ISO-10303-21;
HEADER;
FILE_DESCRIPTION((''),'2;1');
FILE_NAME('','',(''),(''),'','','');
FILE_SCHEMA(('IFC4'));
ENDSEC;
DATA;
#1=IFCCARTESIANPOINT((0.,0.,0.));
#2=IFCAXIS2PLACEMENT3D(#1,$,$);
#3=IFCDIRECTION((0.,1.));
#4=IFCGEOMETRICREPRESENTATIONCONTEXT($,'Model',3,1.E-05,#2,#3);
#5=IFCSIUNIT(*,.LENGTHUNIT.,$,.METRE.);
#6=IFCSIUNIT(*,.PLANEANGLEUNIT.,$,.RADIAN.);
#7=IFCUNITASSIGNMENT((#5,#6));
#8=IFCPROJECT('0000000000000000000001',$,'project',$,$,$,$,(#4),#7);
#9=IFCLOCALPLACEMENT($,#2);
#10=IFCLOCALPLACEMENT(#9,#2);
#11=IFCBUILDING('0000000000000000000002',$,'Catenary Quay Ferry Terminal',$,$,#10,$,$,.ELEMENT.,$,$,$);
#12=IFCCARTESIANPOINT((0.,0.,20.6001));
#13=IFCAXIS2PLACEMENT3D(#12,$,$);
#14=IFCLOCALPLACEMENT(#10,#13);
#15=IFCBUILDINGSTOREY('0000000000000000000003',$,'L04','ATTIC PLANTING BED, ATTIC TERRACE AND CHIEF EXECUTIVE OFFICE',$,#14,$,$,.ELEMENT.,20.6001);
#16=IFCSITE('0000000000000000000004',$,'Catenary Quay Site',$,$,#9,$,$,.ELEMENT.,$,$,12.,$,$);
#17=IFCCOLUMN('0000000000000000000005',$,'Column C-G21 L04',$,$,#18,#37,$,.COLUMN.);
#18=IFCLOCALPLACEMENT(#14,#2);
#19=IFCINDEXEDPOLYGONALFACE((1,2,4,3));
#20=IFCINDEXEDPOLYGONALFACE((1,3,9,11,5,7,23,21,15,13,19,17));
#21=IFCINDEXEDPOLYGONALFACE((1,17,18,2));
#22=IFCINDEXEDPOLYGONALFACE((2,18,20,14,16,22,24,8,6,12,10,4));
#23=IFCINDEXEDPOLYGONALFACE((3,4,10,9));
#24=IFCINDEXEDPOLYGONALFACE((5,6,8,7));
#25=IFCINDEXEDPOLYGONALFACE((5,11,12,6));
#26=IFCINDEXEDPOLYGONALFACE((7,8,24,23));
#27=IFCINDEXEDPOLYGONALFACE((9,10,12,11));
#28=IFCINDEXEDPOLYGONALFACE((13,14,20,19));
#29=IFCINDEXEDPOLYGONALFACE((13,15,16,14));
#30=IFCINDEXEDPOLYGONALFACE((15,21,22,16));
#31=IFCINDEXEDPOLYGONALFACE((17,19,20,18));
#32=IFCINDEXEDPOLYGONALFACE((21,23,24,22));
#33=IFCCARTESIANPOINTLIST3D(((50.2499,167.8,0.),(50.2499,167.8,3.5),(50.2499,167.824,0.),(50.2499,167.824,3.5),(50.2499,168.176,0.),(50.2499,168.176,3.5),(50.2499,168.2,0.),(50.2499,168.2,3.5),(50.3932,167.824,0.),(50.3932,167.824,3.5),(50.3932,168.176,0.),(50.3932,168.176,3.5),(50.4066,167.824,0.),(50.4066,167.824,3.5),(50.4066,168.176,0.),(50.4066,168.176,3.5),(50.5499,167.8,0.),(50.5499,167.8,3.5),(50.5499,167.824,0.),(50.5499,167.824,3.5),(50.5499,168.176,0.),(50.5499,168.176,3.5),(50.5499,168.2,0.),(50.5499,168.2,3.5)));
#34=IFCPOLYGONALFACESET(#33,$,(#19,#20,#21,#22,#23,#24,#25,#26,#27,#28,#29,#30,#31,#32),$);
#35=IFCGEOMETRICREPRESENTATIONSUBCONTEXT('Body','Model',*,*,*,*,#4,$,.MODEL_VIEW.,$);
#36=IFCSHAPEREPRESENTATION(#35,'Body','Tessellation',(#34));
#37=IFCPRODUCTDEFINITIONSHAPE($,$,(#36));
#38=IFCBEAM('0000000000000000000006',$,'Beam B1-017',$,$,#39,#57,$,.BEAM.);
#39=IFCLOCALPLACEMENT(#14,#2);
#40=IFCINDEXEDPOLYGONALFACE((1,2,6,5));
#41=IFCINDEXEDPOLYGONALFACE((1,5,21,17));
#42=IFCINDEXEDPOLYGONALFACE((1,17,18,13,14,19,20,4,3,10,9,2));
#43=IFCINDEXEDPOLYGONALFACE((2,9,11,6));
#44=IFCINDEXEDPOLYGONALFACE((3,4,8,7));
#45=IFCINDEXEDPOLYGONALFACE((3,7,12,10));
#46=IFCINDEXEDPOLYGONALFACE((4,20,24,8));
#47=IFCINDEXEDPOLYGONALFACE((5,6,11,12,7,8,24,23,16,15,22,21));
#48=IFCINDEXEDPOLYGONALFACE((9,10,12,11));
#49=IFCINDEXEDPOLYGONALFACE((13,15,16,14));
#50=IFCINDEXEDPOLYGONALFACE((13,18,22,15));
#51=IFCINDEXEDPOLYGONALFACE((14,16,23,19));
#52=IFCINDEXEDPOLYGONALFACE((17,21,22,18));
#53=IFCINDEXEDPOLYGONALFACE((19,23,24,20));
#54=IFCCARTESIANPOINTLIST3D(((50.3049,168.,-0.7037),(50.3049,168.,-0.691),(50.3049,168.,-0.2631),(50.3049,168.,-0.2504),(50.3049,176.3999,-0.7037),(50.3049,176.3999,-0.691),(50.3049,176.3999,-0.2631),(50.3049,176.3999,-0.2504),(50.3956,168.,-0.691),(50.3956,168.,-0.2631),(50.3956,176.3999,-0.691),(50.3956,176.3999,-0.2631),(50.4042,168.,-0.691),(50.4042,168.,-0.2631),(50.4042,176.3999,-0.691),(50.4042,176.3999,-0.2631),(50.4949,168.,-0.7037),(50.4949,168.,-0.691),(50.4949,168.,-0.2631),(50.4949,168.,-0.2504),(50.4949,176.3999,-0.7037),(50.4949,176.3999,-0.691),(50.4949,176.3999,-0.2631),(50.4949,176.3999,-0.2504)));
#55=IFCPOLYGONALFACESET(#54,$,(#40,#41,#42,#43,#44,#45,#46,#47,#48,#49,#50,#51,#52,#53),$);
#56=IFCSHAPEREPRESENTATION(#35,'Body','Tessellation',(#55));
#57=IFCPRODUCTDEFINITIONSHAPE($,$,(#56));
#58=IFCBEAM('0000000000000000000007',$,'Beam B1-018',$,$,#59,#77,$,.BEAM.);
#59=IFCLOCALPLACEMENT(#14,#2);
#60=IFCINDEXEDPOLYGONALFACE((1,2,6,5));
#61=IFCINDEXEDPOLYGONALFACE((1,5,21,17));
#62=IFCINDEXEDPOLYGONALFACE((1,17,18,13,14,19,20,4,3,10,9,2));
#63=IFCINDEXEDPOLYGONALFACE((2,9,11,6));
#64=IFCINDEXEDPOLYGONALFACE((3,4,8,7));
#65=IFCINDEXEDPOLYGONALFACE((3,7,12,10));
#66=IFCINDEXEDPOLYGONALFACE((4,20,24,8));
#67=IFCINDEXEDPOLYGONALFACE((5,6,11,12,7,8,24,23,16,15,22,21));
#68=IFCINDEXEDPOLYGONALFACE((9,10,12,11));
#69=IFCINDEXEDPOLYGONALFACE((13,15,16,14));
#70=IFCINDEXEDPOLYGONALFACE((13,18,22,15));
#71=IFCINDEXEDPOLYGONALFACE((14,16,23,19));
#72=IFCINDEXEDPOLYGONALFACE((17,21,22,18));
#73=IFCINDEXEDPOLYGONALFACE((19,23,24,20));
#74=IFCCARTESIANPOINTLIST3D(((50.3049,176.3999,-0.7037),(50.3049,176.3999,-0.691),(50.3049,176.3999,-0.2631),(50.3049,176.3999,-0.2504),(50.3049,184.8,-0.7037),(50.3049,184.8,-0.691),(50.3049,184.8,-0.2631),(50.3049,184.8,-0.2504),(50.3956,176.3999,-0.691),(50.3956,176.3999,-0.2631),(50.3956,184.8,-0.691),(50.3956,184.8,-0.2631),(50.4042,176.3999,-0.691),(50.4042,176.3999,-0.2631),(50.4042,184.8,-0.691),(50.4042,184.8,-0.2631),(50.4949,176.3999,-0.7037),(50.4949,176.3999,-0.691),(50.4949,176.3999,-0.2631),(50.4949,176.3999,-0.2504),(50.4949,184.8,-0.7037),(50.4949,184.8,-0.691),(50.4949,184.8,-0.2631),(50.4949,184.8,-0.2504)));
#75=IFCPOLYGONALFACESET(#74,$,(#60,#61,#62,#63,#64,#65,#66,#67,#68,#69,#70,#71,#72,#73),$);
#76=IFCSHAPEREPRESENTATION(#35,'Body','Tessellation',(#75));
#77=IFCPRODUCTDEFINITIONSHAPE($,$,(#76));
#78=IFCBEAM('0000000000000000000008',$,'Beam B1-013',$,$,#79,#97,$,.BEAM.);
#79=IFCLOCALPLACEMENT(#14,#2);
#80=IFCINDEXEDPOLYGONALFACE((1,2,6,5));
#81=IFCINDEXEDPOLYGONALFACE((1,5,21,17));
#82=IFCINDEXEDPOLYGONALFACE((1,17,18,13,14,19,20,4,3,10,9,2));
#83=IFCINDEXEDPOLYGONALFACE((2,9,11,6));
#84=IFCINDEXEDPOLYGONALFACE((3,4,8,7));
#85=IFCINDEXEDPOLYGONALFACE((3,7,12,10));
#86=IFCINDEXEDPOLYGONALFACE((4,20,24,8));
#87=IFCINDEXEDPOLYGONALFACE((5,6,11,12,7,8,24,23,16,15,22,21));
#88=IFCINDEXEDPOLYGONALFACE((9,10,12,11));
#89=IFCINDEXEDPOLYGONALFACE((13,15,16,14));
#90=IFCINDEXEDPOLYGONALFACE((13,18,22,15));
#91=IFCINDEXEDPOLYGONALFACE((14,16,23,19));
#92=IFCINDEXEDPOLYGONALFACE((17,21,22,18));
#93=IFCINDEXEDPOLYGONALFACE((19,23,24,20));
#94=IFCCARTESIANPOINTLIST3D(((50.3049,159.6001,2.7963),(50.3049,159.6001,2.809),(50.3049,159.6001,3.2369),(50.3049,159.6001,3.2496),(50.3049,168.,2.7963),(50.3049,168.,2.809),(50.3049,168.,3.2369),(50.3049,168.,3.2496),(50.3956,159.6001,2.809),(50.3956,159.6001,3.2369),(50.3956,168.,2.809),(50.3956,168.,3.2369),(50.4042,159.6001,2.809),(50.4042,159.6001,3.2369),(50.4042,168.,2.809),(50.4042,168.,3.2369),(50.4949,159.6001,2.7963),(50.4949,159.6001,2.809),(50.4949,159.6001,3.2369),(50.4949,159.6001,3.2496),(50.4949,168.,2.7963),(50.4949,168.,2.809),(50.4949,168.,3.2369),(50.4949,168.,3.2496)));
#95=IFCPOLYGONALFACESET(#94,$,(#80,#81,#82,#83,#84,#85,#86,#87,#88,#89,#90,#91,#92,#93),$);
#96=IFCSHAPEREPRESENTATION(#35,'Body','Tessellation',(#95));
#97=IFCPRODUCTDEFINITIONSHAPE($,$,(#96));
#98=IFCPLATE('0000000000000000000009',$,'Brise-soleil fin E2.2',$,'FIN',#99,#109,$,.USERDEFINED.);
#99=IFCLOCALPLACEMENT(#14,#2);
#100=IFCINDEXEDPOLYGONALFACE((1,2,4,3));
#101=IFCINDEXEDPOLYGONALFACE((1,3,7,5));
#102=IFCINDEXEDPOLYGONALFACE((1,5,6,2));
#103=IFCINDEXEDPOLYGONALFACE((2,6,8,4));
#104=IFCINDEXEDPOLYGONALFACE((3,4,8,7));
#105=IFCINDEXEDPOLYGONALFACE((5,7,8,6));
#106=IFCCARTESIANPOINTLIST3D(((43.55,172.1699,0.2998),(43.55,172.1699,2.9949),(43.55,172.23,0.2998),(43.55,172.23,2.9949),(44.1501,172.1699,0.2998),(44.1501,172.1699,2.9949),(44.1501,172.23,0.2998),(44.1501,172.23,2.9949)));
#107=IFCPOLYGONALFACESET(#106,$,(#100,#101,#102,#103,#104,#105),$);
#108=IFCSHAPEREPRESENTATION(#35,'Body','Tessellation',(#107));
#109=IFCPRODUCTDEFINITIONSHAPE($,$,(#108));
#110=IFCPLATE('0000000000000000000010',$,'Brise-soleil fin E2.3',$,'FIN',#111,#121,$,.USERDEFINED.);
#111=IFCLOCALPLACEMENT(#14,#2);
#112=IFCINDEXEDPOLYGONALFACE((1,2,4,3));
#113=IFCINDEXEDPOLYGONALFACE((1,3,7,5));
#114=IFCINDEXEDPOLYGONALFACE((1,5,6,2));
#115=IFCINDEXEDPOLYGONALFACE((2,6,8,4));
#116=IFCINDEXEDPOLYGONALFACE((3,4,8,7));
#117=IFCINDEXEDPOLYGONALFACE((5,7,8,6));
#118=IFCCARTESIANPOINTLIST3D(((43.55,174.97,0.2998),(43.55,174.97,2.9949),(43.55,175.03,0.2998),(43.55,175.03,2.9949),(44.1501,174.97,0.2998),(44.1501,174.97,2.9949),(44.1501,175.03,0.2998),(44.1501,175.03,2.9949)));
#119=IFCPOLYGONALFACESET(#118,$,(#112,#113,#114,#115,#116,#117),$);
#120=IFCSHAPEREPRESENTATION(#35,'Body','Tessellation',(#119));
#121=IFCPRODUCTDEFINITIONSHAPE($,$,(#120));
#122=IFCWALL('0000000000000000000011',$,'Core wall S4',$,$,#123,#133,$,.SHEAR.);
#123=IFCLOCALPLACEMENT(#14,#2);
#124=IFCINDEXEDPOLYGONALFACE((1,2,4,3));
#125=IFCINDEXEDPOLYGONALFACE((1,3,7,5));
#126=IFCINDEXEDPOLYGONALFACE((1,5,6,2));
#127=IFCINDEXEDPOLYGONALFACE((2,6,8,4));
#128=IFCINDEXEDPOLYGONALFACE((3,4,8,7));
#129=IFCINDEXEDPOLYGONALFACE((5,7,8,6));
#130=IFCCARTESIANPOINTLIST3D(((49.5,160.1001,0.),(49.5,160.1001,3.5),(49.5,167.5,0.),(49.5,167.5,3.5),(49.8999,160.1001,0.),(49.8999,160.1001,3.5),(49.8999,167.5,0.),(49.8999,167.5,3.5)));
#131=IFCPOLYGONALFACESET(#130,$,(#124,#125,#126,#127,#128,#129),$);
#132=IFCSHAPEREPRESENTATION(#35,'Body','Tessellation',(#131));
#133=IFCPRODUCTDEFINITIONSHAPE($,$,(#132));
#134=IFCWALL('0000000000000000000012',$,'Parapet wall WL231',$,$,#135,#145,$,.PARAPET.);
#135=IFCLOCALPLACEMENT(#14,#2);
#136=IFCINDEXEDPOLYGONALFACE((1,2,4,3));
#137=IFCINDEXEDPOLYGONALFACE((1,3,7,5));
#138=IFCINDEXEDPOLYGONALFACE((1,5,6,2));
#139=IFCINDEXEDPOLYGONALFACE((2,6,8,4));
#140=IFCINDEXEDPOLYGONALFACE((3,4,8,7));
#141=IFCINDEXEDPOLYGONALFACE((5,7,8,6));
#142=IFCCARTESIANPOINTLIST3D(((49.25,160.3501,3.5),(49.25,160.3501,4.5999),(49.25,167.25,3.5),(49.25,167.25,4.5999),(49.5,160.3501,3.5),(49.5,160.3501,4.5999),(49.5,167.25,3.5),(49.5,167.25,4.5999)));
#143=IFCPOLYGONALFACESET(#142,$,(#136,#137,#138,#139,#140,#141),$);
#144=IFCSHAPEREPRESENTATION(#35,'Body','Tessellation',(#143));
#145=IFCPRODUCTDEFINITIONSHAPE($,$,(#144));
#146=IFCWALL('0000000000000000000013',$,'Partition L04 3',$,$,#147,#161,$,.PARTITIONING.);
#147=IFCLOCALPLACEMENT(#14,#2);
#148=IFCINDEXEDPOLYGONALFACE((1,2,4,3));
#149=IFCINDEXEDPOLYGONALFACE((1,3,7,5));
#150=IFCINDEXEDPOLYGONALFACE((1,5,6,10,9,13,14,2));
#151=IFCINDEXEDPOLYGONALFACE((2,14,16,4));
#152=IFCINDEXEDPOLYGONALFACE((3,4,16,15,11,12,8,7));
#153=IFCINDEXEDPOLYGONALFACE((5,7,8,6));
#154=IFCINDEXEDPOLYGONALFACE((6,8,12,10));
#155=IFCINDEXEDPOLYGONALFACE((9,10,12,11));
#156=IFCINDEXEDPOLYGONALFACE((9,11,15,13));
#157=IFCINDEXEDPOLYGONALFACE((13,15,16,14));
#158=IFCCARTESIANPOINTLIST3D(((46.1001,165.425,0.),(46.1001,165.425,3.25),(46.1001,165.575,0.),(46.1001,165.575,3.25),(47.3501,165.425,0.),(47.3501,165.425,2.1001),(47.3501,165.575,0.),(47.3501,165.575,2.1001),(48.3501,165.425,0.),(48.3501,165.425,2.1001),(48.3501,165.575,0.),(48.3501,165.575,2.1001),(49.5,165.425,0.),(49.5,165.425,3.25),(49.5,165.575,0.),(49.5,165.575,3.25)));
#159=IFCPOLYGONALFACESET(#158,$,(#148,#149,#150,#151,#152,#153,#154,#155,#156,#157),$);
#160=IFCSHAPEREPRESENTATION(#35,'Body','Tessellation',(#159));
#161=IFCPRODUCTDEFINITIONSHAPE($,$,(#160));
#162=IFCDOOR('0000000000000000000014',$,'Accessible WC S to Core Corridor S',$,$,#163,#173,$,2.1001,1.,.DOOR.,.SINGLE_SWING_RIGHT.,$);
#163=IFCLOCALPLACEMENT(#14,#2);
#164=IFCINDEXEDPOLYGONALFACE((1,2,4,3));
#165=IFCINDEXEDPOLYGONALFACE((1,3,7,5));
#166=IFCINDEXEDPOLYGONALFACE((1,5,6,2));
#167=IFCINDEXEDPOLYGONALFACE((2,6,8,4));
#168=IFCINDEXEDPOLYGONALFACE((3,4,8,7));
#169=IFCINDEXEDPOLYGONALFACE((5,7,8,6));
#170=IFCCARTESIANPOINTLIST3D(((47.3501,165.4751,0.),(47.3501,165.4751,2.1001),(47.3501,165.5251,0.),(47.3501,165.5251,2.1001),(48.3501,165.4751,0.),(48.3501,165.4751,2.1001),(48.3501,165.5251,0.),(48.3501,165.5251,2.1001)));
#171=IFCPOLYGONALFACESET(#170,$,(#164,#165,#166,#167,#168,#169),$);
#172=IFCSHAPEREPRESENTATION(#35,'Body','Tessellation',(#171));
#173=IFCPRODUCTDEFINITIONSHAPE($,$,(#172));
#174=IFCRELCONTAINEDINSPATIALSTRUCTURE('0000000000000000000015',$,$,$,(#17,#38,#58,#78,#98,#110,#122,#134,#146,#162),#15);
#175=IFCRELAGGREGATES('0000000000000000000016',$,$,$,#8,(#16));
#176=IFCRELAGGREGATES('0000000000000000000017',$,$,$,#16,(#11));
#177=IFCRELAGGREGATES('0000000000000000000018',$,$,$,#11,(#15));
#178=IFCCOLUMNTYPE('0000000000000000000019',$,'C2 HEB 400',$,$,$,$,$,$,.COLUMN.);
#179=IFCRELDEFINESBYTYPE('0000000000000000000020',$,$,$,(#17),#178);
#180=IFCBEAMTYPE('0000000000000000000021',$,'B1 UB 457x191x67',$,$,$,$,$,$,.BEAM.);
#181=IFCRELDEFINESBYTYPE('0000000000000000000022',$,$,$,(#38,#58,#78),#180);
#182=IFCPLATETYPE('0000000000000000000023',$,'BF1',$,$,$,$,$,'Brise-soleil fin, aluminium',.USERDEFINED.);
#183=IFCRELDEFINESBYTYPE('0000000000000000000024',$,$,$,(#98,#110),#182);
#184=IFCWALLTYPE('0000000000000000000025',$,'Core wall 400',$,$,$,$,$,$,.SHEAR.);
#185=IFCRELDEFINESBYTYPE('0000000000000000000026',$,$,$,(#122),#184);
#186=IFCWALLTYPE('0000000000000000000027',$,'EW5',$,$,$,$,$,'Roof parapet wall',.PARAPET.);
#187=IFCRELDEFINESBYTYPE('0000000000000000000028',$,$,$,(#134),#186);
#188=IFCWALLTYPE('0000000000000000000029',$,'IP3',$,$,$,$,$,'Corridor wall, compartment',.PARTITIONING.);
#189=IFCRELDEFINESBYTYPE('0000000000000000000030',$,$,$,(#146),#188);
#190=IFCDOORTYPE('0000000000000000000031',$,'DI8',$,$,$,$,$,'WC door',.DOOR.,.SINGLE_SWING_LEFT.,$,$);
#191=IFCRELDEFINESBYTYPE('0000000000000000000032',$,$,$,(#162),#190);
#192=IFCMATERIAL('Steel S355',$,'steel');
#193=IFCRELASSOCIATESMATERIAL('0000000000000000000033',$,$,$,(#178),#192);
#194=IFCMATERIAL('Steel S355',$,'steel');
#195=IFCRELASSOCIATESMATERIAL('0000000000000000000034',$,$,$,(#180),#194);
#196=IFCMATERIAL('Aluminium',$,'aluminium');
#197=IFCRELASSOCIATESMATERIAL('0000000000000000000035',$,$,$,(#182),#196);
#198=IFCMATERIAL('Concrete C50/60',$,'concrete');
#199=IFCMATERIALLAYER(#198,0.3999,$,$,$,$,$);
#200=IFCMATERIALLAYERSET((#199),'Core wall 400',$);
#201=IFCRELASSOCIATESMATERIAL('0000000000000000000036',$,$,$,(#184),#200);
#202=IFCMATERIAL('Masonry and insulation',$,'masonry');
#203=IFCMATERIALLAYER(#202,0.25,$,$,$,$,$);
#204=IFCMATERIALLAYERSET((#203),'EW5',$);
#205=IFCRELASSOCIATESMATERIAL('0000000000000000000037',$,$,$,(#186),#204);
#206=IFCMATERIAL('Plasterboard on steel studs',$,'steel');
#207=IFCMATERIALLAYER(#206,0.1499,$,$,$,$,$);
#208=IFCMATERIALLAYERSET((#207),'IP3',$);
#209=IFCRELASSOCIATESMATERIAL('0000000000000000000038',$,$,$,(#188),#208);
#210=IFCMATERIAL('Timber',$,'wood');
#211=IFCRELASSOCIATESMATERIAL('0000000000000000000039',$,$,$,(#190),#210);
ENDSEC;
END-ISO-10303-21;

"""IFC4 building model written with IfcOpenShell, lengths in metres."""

from ifc_helpers import new_model, si_unit, direction, frame, frame_2d, origin, origin_2d, place, context, subcontext, project, spatial, rectangle, i_section, extrude, material, layer, layer_set, material_profile, profile_set, type_object, element, fill, save


model = new_model("IFC4")

# Units and contexts
model_context = context("Model", 3, precision=1e-05, world=origin(), true_north=direction((0.0, 1.0)))
body_context = subcontext(model_context, "Body", "Model", "MODEL_VIEW")
ifc_project = project(units=[si_unit("LENGTHUNIT", "METRE"), si_unit("PLANEANGLEUNIT", "RADIAN")], contexts=[model_context])

# Site, building, storey
site_placement = place(None, origin())
site = spatial("IfcSite", under=ifc_project, at=site_placement, Name="Catenary Quay Site", CompositionType="ELEMENT", RefElevation=12.0)
building_placement = place(site_placement, origin())
building = spatial("IfcBuilding", under=site, at=building_placement, Name="Catenary Quay Ferry Terminal", CompositionType="ELEMENT")
storey_placement = place(building_placement, frame((0.0, 0.0, 20.6001)))
storey = spatial("IfcBuildingStorey", under=building, at=storey_placement, Name="L04", Description="ATTIC PLANTING BED, ATTIC TERRACE AND CHIEF EXECUTIVE OFFICE", CompositionType="ELEMENT", Elevation=20.6001)

# Column
ifc_material_1 = material(Name="Steel S355", Category="steel")
ifc_material_profile_1 = material_profile(ifc_material_1, i_section(OverallWidth=0.3, OverallDepth=0.3999, WebThickness=0.0134, FlangeThickness=0.0239, at=origin_2d()), Name="HEB 400")
ifc_profile_set_1 = profile_set([ifc_material_profile_1], Name="Steel S355")
column_type = type_object("IfcColumnType", Name="C2 HEB 400", PredefinedType="COLUMN", material=ifc_profile_set_1)
column_placement = place(storey_placement, frame((50.3999, 168.0, 0.0), z_axis=(0.0, 0.0, 1.0), x_axis=(1.0, 0.0, 0.0)))
element("IfcColumn", 1, at=column_placement, inside=storey, type_object=column_type, Name="Column C-G21 L04", PredefinedType="COLUMN", context=body_context, shape_type="SweptSolid", body=[
    extrude(i_section(OverallWidth=0.3, OverallDepth=0.3999, WebThickness=0.0134, FlangeThickness=0.0239, at=origin_2d()), origin(), (0.0, 0.0, 1.0), 3.5),
])

# Beams
ifc_material_2 = material(Name="Steel S355", Category="steel")
ifc_material_profile_2 = material_profile(ifc_material_2, i_section(OverallWidth=0.1899, OverallDepth=0.4534, WebThickness=0.0085, FlangeThickness=0.0127, at=origin_2d()), Name="UB 457x191x67")
ifc_profile_set_2 = profile_set([ifc_material_profile_2], Name="Steel S355")
beam_type = type_object("IfcBeamType", Name="B1 UB 457x191x67", PredefinedType="BEAM", material=ifc_profile_set_2)
beam_1_placement = place(storey_placement, frame((50.3999, 168.0, -0.4771), z_axis=(0.0, 1.0, 0.0), x_axis=(-1.0, 0.0, 0.0)))
element("IfcBeam", 2, at=beam_1_placement, inside=storey, type_object=beam_type, Name="Beam B1-017", PredefinedType="BEAM", context=body_context, shape_type="SweptSolid", body=[
    extrude(i_section(OverallWidth=0.1899, OverallDepth=0.4534, WebThickness=0.0085, FlangeThickness=0.0127, at=origin_2d()), origin(), (0.0, 0.0, 1.0), 8.3999),
])
beam_2_placement = place(storey_placement, frame((50.3999, 176.3999, -0.4771), z_axis=(0.0, 1.0, 0.0), x_axis=(-1.0, 0.0, 0.0)))
element("IfcBeam", 3, at=beam_2_placement, inside=storey, type_object=beam_type, Name="Beam B1-018", PredefinedType="BEAM", context=body_context, shape_type="SweptSolid", body=[
    extrude(i_section(OverallWidth=0.1899, OverallDepth=0.4534, WebThickness=0.0085, FlangeThickness=0.0127, at=origin_2d()), origin(), (0.0, 0.0, 1.0), 8.4001),
])
beam_3_placement = place(storey_placement, frame((50.3999, 159.6001, 3.0229), z_axis=(0.0, 1.0, 0.0), x_axis=(-1.0, 0.0, 0.0)))
element("IfcBeam", 4, at=beam_3_placement, inside=storey, type_object=beam_type, Name="Beam B1-013", PredefinedType="BEAM", context=body_context, shape_type="SweptSolid", body=[
    extrude(i_section(OverallWidth=0.1899, OverallDepth=0.4534, WebThickness=0.0085, FlangeThickness=0.0127, at=origin_2d()), origin(), (0.0, 0.0, 1.0), 8.3999),
])

# Plates
ifc_material_3 = material(Name="Aluminium", Category="aluminium")
ifc_material_profile_3 = material_profile(ifc_material_3, rectangle(XDim=0.0601, YDim=0.6001, at=origin_2d()), Name="BF1")
ifc_profile_set_3 = profile_set([ifc_material_profile_3], Name="Aluminium")
plate_type = type_object("IfcPlateType", Name="BF1", ElementType="Brise-soleil fin, aluminium", PredefinedType="USERDEFINED", material=ifc_profile_set_3)
for number, where, z_axis, x_axis, name in (
    (5, (43.8501, 172.2, 0.2998), (0.0, 0.0, 1.0), (0.0, 1.0, 0.0), "Brise-soleil fin E2.2"),
    (6, (43.8501, 175.0, 0.2998), (0.0, 0.0, 1.0), (0.0, 1.0, 0.0), "Brise-soleil fin E2.3"),
):
    element("IfcPlate", number, at=place(storey_placement, frame(where, z_axis=z_axis, x_axis=x_axis)), inside=storey, type_object=plate_type, Name=name, ObjectType="FIN", PredefinedType="USERDEFINED", context=body_context, shape_type="SweptSolid", body=[
        extrude(rectangle(XDim=0.0601, YDim=0.6001, at=origin_2d()), origin(), (0.0, 0.0, 1.0), 2.6951),
    ])

# Walls
ifc_material_4 = material(Name="Concrete C50/60", Category="concrete")
ifc_layer_1 = layer(ifc_material_4, 0.3999)
ifc_layer_set_1 = layer_set([ifc_layer_1], Name="Core wall 400")
wall_type_1 = type_object("IfcWallType", Name="Core wall 400", PredefinedType="SHEAR", material=ifc_layer_set_1)
wall_1_placement = place(storey_placement, frame((49.7, 160.1001, 0.0), z_axis=(0.0, 0.0, 1.0), x_axis=(0.0, 1.0, 0.0)))
element("IfcWall", 7, at=wall_1_placement, inside=storey, type_object=wall_type_1, Name="Core wall S4", PredefinedType="SHEAR", context=body_context, shape_type="SweptSolid", body=[
    extrude(rectangle(XDim=7.3999, YDim=0.3999, at=frame_2d((3.7, 0.0))), origin(), (0.0, 0.0, 1.0), 3.5),
])
ifc_material_5 = material(Name="Masonry and insulation", Category="masonry")
ifc_layer_2 = layer(ifc_material_5, 0.25)
ifc_layer_set_2 = layer_set([ifc_layer_2], Name="EW5")
wall_type_2 = type_object("IfcWallType", Name="EW5", ElementType="Roof parapet wall", PredefinedType="PARAPET", material=ifc_layer_set_2)
wall_2_placement = place(storey_placement, frame((49.375, 160.3501, 3.5), z_axis=(0.0, 0.0, 1.0), x_axis=(0.0, 1.0, 0.0)))
element("IfcWall", 8, at=wall_2_placement, inside=storey, type_object=wall_type_2, Name="Parapet wall WL231", PredefinedType="PARAPET", context=body_context, shape_type="SweptSolid", body=[
    extrude(rectangle(XDim=6.8999, YDim=0.25, at=frame_2d((3.45, 0.0))), origin(), (0.0, 0.0, 1.0), 1.0999),
])

# Wall, opening, door
ifc_material_6 = material(Name="Plasterboard on steel studs", Category="steel")
ifc_layer_3 = layer(ifc_material_6, 0.1499)
ifc_layer_set_3 = layer_set([ifc_layer_3], Name="IP3")
wall_type_3 = type_object("IfcWallType", Name="IP3", ElementType="Corridor wall, compartment", PredefinedType="PARTITIONING", material=ifc_layer_set_3)
wall_3_placement = place(storey_placement, frame((46.1001, 165.5, 0.0), z_axis=(0.0, 0.0, 1.0), x_axis=(1.0, 0.0, 0.0)))
wall_3 = element("IfcWall", 9, at=wall_3_placement, inside=storey, type_object=wall_type_3, Name="Partition L04 3", PredefinedType="PARTITIONING", context=body_context, shape_type="SweptSolid", body=[
    extrude(rectangle(XDim=3.3999, YDim=0.1499, at=frame_2d((1.7, 0.0))), origin(), (0.0, 0.0, 1.0), 3.25),
])
opening_placement = place(wall_3_placement, frame((1.25, 0.0, 0.0)))
opening = element("IfcOpeningElement", 10, at=opening_placement, cuts=wall_3, PredefinedType="OPENING", context=body_context, shape_type="SweptSolid", body=[
    extrude(rectangle(XDim=1.0, YDim=2.1001, at=frame_2d((0.5, 1.05))), frame((0.0, 0.085, 0.0), z_axis=(0.0, -1.0, 0.0), x_axis=(1.0, 0.0, 0.0)), (0.0, 0.0, 1.0), 0.1699),
])
ifc_material_7 = material(Name="Timber", Category="wood")
door_type = type_object("IfcDoorType", Name="DI8", ElementType="WC door", OperationType="SINGLE_SWING_LEFT", PredefinedType="DOOR", material=ifc_material_7)
door_placement = place(opening_placement, frame((1.0, 0.0, 0.0), z_axis=(0.0, 0.0, 1.0), x_axis=(-1.0, 0.0, 0.0)))
door = element("IfcDoor", 11, at=door_placement, inside=storey, type_object=door_type, Name="Accessible WC S to Core Corridor S", OperationType="SINGLE_SWING_RIGHT", OverallHeight=2.1001, OverallWidth=1.0, PredefinedType="DOOR", context=body_context, shape_type="SweptSolid", body=[
    extrude(rectangle(XDim=1.0, YDim=2.1001, at=frame_2d((0.5, 1.05))), frame((0.0, 0.0249, 0.0), z_axis=(0.0, -1.0, 0.0), x_axis=(1.0, 0.0, 0.0)), (0.0, 0.0, 1.0), 0.05),
])
fill(opening, door)

save(model, "model.ifc")
